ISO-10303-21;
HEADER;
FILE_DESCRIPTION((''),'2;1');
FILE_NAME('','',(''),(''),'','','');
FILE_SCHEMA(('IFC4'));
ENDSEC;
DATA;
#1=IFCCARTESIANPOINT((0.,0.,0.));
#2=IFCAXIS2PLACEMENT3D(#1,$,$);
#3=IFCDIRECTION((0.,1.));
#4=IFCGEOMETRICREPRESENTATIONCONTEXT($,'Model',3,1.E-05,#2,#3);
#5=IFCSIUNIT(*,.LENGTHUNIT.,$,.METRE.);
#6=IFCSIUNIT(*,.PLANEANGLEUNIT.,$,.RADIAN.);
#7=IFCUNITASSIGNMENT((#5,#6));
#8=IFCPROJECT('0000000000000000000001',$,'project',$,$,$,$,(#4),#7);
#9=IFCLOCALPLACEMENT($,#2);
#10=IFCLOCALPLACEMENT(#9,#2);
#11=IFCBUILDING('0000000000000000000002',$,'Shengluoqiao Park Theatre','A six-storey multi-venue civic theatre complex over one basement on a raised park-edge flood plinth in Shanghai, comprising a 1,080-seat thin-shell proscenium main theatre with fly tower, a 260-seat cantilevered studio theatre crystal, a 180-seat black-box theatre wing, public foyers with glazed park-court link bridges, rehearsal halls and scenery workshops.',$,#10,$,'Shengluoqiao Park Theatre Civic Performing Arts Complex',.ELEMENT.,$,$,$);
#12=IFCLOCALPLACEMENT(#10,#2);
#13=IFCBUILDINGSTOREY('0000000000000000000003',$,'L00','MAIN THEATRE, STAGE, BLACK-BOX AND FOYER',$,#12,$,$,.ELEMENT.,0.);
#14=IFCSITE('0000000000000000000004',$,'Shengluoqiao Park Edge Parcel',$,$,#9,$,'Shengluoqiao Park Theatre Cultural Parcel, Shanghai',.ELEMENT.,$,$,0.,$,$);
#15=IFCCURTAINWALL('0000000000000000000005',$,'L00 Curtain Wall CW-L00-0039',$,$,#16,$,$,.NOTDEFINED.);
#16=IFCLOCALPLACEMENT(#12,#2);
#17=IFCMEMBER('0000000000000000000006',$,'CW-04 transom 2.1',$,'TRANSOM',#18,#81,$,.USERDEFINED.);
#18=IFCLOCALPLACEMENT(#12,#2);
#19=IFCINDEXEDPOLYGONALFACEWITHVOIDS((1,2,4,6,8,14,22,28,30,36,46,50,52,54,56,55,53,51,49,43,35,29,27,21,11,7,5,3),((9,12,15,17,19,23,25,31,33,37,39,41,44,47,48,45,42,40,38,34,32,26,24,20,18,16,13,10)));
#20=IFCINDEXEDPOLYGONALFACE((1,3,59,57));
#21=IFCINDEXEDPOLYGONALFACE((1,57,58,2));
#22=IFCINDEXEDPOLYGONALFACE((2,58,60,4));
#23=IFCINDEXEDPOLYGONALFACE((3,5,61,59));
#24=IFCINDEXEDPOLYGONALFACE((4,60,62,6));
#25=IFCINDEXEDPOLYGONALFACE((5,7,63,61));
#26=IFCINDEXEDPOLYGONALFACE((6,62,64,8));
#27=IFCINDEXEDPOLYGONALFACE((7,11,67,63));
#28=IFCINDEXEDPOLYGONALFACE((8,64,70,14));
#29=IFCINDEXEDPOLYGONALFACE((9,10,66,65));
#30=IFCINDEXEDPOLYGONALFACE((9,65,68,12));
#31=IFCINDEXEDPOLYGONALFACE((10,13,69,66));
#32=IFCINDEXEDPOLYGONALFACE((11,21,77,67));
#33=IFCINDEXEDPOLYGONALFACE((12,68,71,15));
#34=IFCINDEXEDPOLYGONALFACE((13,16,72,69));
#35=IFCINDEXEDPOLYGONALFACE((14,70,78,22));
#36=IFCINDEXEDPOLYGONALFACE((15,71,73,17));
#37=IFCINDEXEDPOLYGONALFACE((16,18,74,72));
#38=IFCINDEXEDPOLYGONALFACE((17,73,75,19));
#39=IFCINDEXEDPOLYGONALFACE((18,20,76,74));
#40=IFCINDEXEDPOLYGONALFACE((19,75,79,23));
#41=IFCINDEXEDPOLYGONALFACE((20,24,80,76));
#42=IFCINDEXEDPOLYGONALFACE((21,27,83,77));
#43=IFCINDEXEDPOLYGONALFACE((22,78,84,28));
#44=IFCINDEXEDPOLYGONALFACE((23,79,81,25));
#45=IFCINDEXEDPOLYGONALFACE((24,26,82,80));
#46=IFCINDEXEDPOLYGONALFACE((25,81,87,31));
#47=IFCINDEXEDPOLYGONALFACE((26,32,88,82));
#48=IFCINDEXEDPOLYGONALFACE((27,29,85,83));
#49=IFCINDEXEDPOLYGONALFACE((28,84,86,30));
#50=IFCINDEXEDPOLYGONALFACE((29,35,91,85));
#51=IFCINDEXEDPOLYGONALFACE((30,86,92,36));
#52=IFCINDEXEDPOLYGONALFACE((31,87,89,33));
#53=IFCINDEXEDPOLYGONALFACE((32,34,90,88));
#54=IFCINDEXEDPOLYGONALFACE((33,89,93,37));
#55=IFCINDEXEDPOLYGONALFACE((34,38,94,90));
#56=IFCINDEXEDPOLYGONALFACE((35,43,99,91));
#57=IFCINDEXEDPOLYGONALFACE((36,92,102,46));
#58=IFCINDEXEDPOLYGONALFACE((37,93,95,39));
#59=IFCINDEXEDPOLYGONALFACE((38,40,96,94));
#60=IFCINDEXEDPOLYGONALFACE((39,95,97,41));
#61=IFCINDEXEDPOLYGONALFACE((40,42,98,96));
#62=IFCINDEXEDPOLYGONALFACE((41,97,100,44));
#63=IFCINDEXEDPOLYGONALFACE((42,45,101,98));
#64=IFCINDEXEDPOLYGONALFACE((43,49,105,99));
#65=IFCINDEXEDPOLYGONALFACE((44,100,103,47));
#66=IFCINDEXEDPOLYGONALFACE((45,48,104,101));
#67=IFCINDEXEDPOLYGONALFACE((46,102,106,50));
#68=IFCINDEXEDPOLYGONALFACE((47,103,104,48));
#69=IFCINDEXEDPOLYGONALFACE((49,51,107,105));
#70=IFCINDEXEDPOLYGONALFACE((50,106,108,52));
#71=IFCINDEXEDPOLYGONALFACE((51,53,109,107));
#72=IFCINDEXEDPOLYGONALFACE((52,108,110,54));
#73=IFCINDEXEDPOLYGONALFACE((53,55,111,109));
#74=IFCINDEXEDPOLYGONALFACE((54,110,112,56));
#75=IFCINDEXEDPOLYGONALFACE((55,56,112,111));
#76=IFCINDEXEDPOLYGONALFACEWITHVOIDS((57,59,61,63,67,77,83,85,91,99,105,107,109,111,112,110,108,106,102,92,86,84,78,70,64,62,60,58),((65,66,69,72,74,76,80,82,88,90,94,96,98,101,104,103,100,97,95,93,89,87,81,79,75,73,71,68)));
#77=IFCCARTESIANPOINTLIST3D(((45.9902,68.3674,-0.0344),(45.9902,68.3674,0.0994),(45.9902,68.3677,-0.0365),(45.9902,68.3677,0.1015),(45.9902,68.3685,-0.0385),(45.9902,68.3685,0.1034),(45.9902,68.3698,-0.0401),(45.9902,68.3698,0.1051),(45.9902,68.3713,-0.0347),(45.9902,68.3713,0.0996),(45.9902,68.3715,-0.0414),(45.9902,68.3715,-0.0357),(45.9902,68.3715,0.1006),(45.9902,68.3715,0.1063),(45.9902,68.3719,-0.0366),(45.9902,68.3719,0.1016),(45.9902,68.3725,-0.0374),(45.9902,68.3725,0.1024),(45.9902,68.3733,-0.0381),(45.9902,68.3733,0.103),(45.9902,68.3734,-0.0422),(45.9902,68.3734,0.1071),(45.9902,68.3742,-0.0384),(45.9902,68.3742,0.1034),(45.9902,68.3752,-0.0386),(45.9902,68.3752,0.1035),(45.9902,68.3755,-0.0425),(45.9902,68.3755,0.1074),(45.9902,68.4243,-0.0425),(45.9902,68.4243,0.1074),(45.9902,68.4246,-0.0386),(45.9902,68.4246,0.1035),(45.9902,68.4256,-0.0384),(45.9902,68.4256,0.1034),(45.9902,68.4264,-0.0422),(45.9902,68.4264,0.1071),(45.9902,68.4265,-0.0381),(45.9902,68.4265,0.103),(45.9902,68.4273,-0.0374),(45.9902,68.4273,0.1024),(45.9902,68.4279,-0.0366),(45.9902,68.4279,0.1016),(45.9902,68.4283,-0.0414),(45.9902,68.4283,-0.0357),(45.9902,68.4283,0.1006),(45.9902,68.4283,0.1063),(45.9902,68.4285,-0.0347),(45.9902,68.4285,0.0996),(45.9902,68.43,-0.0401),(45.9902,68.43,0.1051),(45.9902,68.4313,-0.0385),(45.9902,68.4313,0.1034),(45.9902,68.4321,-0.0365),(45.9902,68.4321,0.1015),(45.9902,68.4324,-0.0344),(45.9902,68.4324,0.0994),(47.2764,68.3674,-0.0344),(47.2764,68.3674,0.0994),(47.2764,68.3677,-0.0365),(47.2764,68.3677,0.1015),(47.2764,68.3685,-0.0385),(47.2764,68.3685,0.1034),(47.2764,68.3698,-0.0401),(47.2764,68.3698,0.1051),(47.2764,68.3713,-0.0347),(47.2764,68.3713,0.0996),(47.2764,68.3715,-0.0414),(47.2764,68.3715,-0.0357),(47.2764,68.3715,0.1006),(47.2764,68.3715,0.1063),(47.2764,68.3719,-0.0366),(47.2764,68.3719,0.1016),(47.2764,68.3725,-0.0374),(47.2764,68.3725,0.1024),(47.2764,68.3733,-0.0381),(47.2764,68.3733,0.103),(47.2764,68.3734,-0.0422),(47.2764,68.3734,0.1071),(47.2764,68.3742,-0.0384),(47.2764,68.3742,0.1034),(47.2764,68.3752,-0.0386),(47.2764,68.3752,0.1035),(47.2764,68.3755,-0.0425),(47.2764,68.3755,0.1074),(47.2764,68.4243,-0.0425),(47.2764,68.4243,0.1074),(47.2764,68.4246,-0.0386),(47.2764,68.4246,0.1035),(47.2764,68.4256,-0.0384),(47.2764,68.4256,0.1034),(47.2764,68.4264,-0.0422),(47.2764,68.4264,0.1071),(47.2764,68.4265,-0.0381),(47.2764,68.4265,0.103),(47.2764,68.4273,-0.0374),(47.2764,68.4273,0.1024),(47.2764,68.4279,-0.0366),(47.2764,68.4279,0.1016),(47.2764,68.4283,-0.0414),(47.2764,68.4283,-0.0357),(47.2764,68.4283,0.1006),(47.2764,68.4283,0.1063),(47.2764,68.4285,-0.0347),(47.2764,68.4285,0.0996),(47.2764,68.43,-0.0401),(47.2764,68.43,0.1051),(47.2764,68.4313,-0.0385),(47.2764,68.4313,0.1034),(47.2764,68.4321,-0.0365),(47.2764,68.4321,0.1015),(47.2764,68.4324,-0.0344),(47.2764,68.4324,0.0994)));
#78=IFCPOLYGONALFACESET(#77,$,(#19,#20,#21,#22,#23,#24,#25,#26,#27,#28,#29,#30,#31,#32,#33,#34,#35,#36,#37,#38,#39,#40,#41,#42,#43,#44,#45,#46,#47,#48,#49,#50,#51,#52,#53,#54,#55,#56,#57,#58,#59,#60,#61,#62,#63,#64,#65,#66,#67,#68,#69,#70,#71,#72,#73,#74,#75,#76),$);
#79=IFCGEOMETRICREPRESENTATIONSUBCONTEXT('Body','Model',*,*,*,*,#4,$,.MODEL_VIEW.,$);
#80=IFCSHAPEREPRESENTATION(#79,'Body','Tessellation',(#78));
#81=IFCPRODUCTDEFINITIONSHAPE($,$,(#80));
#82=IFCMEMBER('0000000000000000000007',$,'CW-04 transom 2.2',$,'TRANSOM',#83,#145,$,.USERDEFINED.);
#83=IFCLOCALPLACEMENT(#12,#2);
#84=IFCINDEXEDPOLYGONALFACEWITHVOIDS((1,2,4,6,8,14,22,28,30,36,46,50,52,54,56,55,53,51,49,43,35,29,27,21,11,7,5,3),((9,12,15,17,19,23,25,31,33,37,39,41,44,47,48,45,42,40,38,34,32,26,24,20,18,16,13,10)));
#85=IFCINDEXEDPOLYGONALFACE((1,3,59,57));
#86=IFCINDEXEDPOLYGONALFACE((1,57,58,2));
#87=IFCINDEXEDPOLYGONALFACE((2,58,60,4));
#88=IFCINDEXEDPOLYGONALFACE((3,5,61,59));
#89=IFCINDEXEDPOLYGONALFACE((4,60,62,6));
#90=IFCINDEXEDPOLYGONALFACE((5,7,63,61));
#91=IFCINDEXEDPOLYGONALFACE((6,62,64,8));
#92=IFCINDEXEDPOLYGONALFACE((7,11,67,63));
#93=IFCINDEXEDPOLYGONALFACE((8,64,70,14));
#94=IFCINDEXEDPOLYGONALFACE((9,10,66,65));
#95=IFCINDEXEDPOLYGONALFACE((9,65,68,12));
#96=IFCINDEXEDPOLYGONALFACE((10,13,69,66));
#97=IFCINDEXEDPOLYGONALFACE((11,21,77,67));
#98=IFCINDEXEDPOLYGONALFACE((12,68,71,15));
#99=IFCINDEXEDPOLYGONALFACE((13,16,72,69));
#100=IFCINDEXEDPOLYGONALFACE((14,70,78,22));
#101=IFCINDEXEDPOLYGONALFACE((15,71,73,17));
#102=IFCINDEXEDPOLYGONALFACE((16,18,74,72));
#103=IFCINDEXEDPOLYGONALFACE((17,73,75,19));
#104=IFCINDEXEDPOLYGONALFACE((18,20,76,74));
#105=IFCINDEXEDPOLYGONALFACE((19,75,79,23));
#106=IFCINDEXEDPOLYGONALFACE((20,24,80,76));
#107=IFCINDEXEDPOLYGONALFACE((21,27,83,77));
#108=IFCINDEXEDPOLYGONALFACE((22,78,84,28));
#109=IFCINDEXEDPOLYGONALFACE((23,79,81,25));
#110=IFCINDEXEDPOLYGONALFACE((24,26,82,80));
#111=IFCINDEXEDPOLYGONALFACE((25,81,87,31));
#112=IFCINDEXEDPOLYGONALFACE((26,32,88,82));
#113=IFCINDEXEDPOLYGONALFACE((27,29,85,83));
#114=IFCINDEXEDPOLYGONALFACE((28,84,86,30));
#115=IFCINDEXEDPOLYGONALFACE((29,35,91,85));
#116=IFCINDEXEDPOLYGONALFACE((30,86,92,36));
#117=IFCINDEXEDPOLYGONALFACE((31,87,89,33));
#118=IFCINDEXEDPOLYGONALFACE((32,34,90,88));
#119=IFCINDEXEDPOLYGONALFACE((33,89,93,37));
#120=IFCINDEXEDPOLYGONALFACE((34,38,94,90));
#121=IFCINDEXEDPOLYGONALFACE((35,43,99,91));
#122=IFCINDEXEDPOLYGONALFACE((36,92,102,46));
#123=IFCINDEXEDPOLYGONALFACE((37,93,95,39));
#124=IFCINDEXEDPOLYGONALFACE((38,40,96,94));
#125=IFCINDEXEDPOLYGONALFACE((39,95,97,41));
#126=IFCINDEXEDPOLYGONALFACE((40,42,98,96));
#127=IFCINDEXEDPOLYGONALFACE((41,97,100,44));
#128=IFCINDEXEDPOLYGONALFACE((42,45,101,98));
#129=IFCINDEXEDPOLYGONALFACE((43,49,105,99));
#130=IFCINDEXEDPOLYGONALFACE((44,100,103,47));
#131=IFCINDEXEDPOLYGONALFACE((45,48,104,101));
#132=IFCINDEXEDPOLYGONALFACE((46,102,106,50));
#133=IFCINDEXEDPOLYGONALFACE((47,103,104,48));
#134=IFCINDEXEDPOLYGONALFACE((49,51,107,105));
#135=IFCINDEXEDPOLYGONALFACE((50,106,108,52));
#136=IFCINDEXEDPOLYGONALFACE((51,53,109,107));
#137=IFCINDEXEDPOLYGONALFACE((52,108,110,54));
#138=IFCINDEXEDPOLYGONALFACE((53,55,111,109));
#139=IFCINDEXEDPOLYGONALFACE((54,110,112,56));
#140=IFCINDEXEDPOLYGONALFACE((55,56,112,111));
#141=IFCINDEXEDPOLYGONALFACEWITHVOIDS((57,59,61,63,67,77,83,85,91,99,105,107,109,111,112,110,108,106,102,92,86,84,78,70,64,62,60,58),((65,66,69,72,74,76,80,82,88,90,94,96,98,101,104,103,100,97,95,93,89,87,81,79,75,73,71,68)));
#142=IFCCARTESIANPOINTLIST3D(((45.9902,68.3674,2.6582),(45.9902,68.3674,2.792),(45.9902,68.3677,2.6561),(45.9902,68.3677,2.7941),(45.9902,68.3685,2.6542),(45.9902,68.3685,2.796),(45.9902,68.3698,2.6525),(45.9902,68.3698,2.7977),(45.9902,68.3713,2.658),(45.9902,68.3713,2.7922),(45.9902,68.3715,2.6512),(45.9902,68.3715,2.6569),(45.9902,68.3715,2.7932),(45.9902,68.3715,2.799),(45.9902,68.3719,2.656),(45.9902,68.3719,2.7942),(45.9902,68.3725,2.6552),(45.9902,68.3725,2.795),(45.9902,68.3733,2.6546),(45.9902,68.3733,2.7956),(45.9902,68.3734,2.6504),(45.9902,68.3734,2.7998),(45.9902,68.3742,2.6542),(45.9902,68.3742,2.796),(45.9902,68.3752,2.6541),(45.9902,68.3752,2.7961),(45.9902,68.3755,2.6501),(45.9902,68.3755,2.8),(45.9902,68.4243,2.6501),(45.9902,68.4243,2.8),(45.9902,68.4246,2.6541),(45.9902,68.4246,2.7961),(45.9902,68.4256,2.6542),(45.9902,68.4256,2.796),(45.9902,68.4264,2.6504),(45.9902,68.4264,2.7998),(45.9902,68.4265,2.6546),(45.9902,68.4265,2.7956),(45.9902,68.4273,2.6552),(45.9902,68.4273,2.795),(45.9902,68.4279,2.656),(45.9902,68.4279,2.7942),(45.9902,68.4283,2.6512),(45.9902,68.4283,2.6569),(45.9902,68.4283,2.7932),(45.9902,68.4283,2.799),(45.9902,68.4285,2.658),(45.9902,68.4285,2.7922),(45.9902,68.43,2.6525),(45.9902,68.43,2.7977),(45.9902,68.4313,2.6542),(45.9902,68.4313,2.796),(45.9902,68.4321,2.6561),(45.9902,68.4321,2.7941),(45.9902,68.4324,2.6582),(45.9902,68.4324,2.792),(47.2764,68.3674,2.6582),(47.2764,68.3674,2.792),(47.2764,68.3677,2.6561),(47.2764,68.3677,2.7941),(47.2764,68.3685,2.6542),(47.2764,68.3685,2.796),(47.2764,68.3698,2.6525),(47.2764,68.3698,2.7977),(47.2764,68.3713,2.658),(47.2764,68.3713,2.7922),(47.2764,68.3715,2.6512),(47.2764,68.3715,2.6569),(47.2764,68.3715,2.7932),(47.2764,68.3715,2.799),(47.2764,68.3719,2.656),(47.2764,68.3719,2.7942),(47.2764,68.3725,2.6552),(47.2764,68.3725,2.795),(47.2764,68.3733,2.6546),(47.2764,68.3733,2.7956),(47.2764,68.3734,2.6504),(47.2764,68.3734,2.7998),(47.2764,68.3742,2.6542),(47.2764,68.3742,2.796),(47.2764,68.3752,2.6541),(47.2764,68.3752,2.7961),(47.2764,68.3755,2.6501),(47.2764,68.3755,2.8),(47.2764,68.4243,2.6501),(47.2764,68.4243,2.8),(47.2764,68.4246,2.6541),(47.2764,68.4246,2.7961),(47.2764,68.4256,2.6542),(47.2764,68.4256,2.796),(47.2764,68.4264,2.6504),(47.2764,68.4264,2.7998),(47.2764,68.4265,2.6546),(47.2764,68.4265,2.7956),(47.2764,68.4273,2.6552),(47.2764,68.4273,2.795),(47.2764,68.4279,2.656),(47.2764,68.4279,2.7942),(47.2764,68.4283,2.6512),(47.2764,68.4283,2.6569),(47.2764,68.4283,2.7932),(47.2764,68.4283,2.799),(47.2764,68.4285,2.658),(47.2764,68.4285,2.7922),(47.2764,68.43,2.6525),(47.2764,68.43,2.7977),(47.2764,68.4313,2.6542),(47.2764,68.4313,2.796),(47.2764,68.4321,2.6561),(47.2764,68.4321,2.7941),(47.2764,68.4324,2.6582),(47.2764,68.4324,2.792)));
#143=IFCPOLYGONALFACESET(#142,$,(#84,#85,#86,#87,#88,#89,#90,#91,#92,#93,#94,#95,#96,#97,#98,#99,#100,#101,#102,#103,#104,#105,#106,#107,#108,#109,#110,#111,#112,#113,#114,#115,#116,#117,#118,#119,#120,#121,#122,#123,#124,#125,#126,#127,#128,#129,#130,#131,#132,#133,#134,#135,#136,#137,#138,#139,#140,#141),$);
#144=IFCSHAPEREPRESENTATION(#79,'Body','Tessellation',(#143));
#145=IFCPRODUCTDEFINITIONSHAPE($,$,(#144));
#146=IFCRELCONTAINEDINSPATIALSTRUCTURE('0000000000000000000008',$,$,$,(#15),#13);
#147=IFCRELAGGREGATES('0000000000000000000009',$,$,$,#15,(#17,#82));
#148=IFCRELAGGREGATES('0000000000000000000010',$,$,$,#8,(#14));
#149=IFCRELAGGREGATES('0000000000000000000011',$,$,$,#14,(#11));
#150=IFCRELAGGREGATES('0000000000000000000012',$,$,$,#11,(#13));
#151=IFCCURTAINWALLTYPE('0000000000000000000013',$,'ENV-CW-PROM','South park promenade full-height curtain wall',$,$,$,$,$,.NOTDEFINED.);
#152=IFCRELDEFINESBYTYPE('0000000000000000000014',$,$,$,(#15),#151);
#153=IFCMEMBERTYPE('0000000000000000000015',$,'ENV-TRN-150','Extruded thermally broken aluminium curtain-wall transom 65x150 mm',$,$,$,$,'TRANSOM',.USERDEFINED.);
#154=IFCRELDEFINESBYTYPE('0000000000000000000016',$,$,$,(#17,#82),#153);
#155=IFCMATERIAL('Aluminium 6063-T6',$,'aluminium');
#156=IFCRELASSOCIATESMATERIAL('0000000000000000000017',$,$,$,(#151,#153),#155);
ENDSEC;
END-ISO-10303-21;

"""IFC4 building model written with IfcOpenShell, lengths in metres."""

from ifc_helpers import new_model, si_unit, direction, frame, origin, origin_2d, place, context, subcontext, project, spatial, hollow_rectangle, extrude, material, material_profile, profile_set, type_object, element, aggregate, save


model = new_model("IFC4")

# Units and contexts
model_context = context("Model", 3, precision=1e-05, world=origin(), true_north=direction((0.0, 1.0)))
body_context = subcontext(model_context, "Body", "Model", "MODEL_VIEW")
ifc_project = project(units=[si_unit("LENGTHUNIT", "METRE"), si_unit("PLANEANGLEUNIT", "RADIAN")], contexts=[model_context])

# Site, building, storey
site_placement = place(None, origin())
site = spatial("IfcSite", under=ifc_project, at=site_placement, Name="Shengluoqiao Park Edge Parcel", LongName="Shengluoqiao Park Theatre Cultural Parcel, Shanghai", CompositionType="ELEMENT", RefElevation=0.0)
building_placement = place(site_placement, origin())
building = spatial("IfcBuilding", under=site, at=building_placement, Name="Shengluoqiao Park Theatre", Description="A six-storey multi-venue civic theatre complex over one basement on a raised park-edge flood plinth in Shanghai, comprising a 1,080-seat thin-shell proscenium main theatre with fly tower, a 260-seat cantilevered studio theatre crystal, a 180-seat black-box theatre wing, public foyers with glazed park-court link bridges, rehearsal halls and scenery workshops.", LongName="Shengluoqiao Park Theatre Civic Performing Arts Complex", CompositionType="ELEMENT")
storey_placement = place(building_placement, origin())
storey = spatial("IfcBuildingStorey", under=building, at=storey_placement, Name="L00", Description="MAIN THEATRE, STAGE, BLACK-BOX AND FOYER", CompositionType="ELEMENT", Elevation=0.0)

# Curtain wall, members
ifc_material_1 = material(Name="Aluminium 6063-T6", Category="aluminium")
curtain_wall_type = type_object("IfcCurtainWallType", Name="ENV-CW-PROM", Description="South park promenade full-height curtain wall", PredefinedType="NOTDEFINED", material=ifc_material_1)
curtain_wall_placement = place(storey_placement, origin())
curtain_wall = element("IfcCurtainWall", 1, at=curtain_wall_placement, inside=storey, type_object=curtain_wall_type, Name="L00 Curtain Wall CW-L00-0039", PredefinedType="NOTDEFINED")
ifc_material_profile_1 = material_profile(ifc_material_1, hollow_rectangle(XDim=0.0649, YDim=0.1499, WallThickness=0.0039, InnerFilletRadius=0.0039, OuterFilletRadius=0.0081, at=origin_2d()), Name="ALU TRANSOM 150x65x4")
ifc_profile_set_1 = profile_set([ifc_material_profile_1], Name="Aluminium 6063-T6")
member_type_1 = type_object("IfcMemberType", Name="ENV-TRN-150", Description="Extruded thermally broken aluminium curtain-wall transom 65x150 mm", ElementType="TRANSOM", PredefinedType="USERDEFINED", material=ifc_profile_set_1)
member_1_placement = place(storey_placement, frame((45.9902, 68.3999, 0.0325), z_axis=(1.0, 0.0, 0.0), x_axis=(0.0, 1.0, 0.0)))
member_1 = element("IfcMember", 2, at=member_1_placement, type_object=member_type_1, Name="CW-04 transom 2.1", ObjectType="TRANSOM", PredefinedType="USERDEFINED", context=body_context, shape_type="SweptSolid", body=[
    extrude(hollow_rectangle(XDim=0.0649, YDim=0.1499, WallThickness=0.0039, InnerFilletRadius=0.0039, OuterFilletRadius=0.0081, at=origin_2d()), origin(), (0.0, 0.0, 1.0), 1.2861),
])
member_2_placement = place(storey_placement, frame((45.9902, 68.3999, 2.7251), z_axis=(1.0, 0.0, 0.0), x_axis=(0.0, 1.0, 0.0)))
member_2 = element("IfcMember", 3, at=member_2_placement, type_object=member_type_1, Name="CW-04 transom 2.2", ObjectType="TRANSOM", PredefinedType="USERDEFINED", context=body_context, shape_type="SweptSolid", body=[
    extrude(hollow_rectangle(XDim=0.0649, YDim=0.1499, WallThickness=0.0039, InnerFilletRadius=0.0039, OuterFilletRadius=0.0081, at=origin_2d()), origin(), (0.0, 0.0, 1.0), 1.2861),
])
aggregate(curtain_wall, [member_1, member_2])

save(model, "model.ifc")
